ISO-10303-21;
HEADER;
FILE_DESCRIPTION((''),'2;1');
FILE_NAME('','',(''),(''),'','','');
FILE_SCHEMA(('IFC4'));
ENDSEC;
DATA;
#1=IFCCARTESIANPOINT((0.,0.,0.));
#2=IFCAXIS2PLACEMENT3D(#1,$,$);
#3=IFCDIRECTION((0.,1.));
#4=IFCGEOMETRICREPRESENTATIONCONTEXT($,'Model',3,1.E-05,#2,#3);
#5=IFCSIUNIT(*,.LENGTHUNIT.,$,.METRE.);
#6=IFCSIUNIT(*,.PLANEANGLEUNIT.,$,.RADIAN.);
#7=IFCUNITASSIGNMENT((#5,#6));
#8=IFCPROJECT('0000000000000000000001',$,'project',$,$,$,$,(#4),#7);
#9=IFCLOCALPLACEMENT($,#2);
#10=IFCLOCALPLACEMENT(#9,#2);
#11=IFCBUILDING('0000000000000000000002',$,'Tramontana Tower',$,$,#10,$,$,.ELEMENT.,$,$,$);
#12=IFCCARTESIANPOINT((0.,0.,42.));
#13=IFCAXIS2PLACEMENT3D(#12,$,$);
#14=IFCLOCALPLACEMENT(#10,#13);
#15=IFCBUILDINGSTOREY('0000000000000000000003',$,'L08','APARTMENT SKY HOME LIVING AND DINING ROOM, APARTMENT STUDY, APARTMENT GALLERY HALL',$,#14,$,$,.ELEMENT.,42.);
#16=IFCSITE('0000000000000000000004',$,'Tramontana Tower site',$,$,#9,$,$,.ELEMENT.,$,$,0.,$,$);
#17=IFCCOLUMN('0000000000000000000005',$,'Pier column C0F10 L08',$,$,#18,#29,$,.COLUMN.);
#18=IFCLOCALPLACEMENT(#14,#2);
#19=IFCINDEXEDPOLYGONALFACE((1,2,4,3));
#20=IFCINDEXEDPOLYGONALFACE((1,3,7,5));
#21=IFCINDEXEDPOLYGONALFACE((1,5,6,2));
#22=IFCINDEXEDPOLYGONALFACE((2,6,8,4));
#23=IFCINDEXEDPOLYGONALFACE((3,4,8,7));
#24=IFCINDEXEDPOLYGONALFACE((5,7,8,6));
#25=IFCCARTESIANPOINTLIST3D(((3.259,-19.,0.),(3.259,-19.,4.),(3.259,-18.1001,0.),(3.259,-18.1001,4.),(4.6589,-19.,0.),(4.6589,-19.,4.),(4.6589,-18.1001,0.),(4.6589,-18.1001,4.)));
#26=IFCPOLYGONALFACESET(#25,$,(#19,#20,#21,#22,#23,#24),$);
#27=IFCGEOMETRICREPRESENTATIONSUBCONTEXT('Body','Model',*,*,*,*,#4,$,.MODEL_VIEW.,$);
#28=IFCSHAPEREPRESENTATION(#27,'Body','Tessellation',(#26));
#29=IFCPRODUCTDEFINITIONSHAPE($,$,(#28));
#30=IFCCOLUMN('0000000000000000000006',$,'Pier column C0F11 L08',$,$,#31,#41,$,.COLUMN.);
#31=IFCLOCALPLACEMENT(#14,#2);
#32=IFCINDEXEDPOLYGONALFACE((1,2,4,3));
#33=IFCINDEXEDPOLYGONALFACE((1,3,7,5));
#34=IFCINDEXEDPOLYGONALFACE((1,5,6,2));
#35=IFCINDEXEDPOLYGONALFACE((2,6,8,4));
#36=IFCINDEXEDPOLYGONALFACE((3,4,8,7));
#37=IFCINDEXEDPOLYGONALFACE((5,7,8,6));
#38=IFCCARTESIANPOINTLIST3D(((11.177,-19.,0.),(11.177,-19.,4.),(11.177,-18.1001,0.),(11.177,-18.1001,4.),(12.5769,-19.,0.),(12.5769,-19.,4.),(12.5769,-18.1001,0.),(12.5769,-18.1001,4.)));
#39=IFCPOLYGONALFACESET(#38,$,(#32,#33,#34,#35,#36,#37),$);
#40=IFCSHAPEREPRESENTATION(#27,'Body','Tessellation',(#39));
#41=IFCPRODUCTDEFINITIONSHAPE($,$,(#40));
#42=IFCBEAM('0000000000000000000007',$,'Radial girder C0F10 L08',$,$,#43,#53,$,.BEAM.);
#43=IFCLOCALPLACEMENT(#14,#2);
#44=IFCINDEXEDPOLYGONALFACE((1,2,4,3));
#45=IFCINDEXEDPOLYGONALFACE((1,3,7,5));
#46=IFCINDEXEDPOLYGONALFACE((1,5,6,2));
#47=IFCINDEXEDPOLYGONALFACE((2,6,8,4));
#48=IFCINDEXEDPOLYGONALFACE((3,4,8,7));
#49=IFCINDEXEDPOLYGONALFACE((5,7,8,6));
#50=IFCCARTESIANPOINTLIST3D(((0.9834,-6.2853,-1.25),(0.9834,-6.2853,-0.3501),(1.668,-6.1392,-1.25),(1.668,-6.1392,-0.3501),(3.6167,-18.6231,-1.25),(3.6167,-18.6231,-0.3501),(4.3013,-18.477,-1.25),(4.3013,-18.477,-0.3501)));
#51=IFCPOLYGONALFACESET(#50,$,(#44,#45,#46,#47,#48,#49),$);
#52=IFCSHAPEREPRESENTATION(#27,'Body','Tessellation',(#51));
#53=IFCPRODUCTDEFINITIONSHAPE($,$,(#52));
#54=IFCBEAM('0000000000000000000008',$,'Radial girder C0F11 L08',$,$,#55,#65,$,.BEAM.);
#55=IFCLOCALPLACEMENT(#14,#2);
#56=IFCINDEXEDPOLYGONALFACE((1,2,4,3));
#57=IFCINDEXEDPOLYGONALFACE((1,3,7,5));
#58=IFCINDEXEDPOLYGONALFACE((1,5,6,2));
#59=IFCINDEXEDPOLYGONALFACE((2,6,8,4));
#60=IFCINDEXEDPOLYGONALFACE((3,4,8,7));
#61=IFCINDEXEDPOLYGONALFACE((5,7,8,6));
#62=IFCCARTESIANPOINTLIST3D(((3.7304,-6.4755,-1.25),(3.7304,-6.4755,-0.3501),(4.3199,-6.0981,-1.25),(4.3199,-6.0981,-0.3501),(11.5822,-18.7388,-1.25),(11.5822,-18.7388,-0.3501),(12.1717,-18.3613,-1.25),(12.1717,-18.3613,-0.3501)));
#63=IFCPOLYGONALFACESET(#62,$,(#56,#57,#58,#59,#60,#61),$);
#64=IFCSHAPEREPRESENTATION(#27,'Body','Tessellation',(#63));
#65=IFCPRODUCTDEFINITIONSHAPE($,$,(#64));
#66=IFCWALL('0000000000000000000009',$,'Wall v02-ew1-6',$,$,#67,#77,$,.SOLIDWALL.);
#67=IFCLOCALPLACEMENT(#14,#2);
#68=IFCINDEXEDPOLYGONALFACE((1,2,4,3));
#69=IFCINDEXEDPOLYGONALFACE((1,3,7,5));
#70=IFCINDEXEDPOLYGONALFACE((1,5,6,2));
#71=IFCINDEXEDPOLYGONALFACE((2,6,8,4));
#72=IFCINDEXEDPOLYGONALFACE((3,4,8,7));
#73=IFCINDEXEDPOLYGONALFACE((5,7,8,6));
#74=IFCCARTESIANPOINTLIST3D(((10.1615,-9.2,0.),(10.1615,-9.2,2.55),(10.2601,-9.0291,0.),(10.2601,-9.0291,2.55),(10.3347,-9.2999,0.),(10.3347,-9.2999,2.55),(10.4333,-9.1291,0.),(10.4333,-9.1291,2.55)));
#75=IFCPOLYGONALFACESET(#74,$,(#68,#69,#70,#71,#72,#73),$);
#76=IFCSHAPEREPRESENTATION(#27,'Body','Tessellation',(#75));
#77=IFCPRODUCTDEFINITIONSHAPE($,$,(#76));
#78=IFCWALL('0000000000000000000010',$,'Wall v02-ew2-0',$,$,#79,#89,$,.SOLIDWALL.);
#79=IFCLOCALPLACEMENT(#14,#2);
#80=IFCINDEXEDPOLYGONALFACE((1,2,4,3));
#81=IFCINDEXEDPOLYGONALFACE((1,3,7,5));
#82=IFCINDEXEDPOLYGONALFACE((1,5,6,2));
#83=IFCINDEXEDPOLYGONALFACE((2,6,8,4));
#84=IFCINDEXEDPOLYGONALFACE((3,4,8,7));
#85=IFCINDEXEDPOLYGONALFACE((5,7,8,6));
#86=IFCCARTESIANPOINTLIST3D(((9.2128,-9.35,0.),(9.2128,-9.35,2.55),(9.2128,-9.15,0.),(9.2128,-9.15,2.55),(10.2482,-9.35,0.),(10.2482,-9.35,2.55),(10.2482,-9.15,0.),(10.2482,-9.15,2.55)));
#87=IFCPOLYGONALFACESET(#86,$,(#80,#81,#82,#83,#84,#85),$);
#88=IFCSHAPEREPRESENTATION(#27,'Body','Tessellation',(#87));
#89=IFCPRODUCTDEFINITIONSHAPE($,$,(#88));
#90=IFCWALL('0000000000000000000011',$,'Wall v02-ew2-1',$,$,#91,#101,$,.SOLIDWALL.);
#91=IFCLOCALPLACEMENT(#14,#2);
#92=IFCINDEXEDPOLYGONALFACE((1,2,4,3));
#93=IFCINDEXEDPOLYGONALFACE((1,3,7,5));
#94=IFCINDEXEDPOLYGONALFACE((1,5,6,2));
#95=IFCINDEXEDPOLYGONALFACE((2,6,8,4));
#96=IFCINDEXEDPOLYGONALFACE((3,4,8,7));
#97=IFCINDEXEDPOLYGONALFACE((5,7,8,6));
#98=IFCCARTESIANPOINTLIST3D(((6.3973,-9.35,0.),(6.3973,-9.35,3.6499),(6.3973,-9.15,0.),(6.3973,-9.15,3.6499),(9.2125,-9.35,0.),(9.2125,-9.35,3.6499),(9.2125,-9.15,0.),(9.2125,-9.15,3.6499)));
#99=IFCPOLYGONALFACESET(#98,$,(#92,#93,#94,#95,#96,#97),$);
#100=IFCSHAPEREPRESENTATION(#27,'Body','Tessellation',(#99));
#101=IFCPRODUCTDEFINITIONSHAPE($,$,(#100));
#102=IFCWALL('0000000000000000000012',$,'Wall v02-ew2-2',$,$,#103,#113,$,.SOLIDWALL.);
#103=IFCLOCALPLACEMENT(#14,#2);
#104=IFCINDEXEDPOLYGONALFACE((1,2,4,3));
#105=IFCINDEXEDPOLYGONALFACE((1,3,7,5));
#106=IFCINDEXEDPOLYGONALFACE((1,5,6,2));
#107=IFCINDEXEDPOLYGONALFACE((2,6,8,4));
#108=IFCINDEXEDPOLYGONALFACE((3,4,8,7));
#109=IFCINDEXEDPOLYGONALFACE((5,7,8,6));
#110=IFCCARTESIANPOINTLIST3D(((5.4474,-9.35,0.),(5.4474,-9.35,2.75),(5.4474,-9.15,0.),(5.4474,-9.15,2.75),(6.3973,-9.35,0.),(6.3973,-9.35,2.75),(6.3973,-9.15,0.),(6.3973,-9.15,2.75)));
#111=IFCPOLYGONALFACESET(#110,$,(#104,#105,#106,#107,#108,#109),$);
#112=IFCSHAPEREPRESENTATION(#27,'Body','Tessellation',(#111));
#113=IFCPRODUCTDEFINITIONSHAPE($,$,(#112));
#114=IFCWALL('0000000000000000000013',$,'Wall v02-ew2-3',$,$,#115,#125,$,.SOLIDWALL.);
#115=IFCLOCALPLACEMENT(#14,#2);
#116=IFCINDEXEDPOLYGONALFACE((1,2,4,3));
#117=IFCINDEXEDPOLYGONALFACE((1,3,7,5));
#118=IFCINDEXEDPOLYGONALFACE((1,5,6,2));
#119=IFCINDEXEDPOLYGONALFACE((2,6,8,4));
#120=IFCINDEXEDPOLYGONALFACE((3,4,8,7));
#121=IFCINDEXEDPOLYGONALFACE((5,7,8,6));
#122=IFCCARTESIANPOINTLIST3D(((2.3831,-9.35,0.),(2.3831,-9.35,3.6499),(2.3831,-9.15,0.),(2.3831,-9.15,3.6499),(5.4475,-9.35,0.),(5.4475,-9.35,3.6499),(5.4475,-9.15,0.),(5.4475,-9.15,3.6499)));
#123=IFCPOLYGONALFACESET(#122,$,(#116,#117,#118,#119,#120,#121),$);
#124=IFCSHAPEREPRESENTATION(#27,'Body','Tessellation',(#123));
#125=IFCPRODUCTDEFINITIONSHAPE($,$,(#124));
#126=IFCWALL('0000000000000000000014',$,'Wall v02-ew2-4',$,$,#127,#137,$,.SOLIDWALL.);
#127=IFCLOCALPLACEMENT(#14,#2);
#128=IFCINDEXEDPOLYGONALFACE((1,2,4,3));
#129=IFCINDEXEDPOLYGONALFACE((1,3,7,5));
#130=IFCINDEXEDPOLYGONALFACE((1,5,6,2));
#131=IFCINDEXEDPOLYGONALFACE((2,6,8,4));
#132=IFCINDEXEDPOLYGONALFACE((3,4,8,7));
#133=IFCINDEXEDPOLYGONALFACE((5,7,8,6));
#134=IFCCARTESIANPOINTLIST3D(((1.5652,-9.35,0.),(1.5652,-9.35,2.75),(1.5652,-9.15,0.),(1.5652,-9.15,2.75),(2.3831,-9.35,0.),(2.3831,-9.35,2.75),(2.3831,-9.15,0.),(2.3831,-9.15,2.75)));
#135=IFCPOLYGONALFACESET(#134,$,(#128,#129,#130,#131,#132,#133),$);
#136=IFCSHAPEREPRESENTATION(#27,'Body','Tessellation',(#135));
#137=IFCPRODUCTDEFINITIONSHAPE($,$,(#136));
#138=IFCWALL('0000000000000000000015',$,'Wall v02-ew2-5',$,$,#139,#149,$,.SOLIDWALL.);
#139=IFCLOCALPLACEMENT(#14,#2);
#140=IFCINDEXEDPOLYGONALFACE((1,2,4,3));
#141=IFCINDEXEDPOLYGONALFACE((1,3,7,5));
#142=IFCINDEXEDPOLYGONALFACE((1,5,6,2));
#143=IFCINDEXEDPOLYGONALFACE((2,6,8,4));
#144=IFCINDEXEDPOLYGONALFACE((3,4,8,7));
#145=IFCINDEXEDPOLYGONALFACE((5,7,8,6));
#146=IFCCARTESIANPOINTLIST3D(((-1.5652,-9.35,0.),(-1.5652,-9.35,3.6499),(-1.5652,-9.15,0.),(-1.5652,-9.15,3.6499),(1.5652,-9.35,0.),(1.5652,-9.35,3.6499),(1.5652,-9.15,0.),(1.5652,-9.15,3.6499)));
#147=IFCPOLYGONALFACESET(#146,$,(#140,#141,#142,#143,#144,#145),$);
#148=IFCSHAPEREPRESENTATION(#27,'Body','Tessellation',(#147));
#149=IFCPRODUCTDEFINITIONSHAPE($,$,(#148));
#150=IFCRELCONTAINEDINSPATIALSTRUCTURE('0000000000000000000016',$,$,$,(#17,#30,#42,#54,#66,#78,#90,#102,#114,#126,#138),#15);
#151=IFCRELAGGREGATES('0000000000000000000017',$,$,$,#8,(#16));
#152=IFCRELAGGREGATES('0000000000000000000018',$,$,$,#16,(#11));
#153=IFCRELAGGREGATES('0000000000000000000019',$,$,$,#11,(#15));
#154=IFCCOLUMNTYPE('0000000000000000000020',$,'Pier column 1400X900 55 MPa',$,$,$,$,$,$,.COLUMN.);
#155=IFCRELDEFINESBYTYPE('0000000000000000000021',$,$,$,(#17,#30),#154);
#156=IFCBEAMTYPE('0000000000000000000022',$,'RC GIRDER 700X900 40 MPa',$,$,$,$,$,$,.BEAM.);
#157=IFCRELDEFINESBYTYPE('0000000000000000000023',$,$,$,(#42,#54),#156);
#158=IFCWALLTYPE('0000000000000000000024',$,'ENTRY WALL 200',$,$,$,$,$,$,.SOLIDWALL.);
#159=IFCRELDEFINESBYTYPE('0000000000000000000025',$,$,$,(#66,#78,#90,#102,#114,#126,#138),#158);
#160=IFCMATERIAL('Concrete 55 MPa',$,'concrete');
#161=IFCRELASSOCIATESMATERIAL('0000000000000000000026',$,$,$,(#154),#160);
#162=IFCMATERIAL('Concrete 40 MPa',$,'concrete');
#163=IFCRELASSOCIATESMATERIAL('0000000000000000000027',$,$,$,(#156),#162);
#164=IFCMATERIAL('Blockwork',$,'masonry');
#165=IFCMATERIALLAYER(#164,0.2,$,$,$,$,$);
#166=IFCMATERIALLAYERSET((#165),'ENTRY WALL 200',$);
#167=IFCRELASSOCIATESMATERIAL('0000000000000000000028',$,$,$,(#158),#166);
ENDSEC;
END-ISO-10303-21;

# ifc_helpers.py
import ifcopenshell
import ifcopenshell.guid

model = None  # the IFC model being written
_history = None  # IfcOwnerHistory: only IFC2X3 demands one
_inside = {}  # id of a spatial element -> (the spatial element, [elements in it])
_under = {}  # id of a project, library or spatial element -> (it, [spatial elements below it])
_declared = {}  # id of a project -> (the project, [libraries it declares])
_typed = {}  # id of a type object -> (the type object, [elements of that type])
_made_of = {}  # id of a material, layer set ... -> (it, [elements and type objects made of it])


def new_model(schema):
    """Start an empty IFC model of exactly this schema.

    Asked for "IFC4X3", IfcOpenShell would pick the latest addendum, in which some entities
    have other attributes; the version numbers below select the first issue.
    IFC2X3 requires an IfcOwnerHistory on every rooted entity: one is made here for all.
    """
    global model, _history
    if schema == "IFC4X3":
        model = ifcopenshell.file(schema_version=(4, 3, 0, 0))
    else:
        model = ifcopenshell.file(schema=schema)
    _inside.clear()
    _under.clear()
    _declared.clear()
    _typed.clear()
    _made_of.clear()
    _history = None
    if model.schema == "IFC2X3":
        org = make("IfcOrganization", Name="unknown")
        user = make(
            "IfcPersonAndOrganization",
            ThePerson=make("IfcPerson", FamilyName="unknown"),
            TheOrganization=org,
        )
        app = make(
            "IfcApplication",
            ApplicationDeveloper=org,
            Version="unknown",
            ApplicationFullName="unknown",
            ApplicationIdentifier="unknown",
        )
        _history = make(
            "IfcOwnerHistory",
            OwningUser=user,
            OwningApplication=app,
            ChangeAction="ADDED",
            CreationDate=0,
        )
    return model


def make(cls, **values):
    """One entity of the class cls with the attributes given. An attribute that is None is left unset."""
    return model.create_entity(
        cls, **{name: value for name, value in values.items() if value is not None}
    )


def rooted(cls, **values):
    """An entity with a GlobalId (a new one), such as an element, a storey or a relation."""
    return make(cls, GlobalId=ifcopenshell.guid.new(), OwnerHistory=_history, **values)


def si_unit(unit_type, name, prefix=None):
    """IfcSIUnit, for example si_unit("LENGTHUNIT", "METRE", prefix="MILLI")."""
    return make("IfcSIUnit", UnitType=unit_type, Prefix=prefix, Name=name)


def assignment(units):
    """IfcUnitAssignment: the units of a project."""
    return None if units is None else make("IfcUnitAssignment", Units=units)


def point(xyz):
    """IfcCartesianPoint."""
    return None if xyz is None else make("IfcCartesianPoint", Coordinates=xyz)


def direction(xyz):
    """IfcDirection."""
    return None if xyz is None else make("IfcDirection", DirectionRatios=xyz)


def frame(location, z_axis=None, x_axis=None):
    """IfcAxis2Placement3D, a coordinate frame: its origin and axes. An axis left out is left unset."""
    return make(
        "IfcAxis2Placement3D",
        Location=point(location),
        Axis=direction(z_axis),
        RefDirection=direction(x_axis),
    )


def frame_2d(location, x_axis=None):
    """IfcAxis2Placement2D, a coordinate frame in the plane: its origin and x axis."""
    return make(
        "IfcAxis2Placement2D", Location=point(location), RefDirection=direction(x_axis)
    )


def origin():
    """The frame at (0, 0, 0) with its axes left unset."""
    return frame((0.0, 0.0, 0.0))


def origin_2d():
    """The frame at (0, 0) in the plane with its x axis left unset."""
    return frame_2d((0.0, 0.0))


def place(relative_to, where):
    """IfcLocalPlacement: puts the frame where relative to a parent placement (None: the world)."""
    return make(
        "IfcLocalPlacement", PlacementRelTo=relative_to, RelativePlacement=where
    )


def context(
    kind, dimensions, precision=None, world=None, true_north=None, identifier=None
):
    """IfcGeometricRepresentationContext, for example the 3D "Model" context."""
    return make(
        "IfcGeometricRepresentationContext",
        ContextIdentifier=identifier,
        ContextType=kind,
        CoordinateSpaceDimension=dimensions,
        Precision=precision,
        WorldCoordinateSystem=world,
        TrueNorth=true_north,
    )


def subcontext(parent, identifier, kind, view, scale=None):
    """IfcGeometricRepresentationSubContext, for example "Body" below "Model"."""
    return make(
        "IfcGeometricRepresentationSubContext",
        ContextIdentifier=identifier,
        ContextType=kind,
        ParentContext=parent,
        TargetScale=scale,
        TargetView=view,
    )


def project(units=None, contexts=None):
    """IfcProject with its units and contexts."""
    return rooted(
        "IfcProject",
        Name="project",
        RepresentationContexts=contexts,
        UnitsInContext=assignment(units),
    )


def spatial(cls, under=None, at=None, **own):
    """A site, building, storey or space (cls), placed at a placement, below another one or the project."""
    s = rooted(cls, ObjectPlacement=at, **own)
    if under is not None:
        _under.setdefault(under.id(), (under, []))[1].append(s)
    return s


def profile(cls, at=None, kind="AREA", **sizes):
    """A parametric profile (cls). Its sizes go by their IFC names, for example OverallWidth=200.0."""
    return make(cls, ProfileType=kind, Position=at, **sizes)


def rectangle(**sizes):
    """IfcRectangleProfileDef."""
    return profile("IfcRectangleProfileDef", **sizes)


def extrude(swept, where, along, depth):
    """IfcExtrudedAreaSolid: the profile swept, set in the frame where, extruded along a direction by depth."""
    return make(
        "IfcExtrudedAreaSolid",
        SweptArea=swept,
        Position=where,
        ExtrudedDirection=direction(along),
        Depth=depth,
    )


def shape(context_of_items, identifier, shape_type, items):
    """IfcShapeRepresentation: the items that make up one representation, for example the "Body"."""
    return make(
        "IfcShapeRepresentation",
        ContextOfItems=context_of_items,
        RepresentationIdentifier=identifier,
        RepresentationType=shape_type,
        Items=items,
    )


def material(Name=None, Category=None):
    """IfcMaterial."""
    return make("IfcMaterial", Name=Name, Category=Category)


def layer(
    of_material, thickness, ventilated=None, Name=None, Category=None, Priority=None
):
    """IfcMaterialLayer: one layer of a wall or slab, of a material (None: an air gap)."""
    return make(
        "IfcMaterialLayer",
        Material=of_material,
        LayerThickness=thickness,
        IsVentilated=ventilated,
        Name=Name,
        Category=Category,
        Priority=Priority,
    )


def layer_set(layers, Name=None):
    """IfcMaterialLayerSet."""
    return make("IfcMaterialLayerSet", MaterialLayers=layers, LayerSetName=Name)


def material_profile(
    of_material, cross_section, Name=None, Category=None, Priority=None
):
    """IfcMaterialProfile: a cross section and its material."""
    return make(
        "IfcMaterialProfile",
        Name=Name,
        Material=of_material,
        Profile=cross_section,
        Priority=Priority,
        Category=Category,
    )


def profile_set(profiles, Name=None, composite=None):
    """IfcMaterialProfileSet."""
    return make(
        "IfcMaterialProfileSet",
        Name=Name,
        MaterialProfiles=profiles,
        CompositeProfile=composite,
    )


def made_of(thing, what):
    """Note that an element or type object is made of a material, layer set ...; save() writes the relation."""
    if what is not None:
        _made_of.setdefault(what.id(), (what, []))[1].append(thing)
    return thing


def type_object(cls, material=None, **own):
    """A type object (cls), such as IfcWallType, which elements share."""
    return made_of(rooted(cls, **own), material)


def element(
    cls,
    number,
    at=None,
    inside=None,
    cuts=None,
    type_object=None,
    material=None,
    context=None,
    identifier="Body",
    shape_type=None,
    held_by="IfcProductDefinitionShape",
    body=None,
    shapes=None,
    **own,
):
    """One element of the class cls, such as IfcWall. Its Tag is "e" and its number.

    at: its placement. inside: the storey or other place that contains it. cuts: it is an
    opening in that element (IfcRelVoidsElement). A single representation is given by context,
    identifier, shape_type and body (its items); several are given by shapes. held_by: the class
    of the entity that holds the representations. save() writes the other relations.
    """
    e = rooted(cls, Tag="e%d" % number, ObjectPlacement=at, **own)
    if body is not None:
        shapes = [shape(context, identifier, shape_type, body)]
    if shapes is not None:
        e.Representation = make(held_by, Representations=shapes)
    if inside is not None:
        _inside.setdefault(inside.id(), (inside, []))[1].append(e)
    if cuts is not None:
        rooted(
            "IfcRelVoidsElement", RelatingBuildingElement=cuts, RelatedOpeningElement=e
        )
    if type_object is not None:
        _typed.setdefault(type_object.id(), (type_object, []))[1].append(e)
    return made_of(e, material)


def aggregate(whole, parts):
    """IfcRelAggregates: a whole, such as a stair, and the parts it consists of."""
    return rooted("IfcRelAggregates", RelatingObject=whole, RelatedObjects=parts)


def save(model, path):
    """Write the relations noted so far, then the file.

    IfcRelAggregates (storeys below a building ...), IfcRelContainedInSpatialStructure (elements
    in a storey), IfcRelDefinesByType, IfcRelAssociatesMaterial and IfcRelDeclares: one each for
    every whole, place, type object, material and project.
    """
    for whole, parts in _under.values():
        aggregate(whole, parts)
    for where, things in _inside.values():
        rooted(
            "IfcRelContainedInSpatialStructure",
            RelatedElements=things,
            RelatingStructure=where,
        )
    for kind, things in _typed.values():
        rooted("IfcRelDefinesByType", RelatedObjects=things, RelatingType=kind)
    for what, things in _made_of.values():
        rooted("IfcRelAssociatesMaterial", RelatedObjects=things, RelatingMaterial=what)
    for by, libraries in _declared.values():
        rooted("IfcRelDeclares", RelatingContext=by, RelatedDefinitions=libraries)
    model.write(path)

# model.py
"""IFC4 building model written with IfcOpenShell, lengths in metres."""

from ifc_helpers import new_model, si_unit, direction, frame, frame_2d, origin, origin_2d, place, context, subcontext, project, spatial, rectangle, extrude, material, layer, layer_set, material_profile, profile_set, type_object, element, save


model = new_model("IFC4")

# Units and contexts
model_context = context("Model", 3, precision=1e-05, world=origin(), true_north=direction((0.0, 1.0)))
body_context = subcontext(model_context, "Body", "Model", "MODEL_VIEW")
ifc_project = project(units=[si_unit("LENGTHUNIT", "METRE"), si_unit("PLANEANGLEUNIT", "RADIAN")], contexts=[model_context])

# Site, building, storey
site_placement = place(None, origin())
site = spatial("IfcSite", under=ifc_project, at=site_placement, Name="Tramontana Tower site", CompositionType="ELEMENT", RefElevation=0.0)
building_placement = place(site_placement, origin())
building = spatial("IfcBuilding", under=site, at=building_placement, Name="Tramontana Tower", CompositionType="ELEMENT")
storey_placement = place(building_placement, frame((0.0, 0.0, 42.0)))
storey = spatial("IfcBuildingStorey", under=building, at=storey_placement, Name="L08", Description="APARTMENT SKY HOME LIVING AND DINING ROOM, APARTMENT STUDY, APARTMENT GALLERY HALL", CompositionType="ELEMENT", Elevation=42.0)

# Columns
ifc_material_1 = material(Name="Concrete 55 MPa", Category="concrete")
ifc_material_profile_1 = material_profile(ifc_material_1, rectangle(XDim=1.3999, YDim=0.8999, at=origin_2d()), Name="Pier column 1400X900 55 MPa")
ifc_profile_set_1 = profile_set([ifc_material_profile_1], Name="Concrete 55 MPa")
column_type = type_object("IfcColumnType", Name="Pier column 1400X900 55 MPa", PredefinedType="COLUMN", material=ifc_profile_set_1)
for number, where, z_axis, x_axis, name in (
    (1, (3.959, -18.55, 0.0), (0.0, 0.0, 1.0), (1.0, 0.0, 0.0), "Pier column C0F10 L08"),
    (2, (11.877, -18.55, 0.0), (0.0, 0.0, 1.0), (1.0, 0.0, 0.0), "Pier column C0F11 L08"),
):
    element("IfcColumn", number, at=place(storey_placement, frame(where, z_axis=z_axis, x_axis=x_axis)), inside=storey, type_object=column_type, Name=name, PredefinedType="COLUMN", context=body_context, shape_type="SweptSolid", body=[
        extrude(rectangle(XDim=1.3999, YDim=0.8999, at=origin_2d()), origin(), (0.0, 0.0, 1.0), 4.0),
    ])

# Beams
ifc_material_2 = material(Name="Concrete 40 MPa", Category="concrete")
ifc_material_profile_2 = material_profile(ifc_material_2, rectangle(XDim=0.7, YDim=0.8999, at=origin_2d()), Name="RC GIRDER 700X900 40 MPa")
ifc_profile_set_2 = profile_set([ifc_material_profile_2], Name="Concrete 40 MPa")
beam_type = type_object("IfcBeamType", Name="RC GIRDER 700X900 40 MPa", PredefinedType="BEAM", material=ifc_profile_set_2)
beam_1_placement = place(storey_placement, frame((3.959, -18.55, -0.8), z_axis=(-0.208731, 0.977973, 0.0), x_axis=(-0.977973, -0.208731, 0.0)))
element("IfcBeam", 3, at=beam_1_placement, inside=storey, type_object=beam_type, Name="Radial girder C0F10 L08", PredefinedType="BEAM", context=body_context, shape_type="SweptSolid", body=[
    extrude(rectangle(XDim=0.7, YDim=0.8999, at=origin_2d()), origin(), (0.0, 0.0, 1.0), 12.6157),
])
beam_2_placement = place(storey_placement, frame((11.877, -18.55, -0.8), z_axis=(-0.539218, 0.842166, 0.0), x_axis=(-0.842166, -0.539218, 0.0)))
element("IfcBeam", 4, at=beam_2_placement, inside=storey, type_object=beam_type, Name="Radial girder C0F11 L08", PredefinedType="BEAM", context=body_context, shape_type="SweptSolid", body=[
    extrude(rectangle(XDim=0.7, YDim=0.8999, at=origin_2d()), origin(), (0.0, 0.0, 1.0), 14.5615),
])

# Walls
ifc_material_3 = material(Name="Blockwork", Category="masonry")
ifc_layer_1 = layer(ifc_material_3, 0.2)
ifc_layer_set_1 = layer_set([ifc_layer_1], Name="ENTRY WALL 200")
wall_type_1 = type_object("IfcWallType", Name="ENTRY WALL 200", PredefinedType="SOLIDWALL", material=ifc_layer_set_1)
wall_1_placement = place(storey_placement, frame((10.3467, -9.0791, 0.0), z_axis=(0.0, 0.0, 1.0), x_axis=(-0.499865, -0.866103, 0.0)))
element("IfcWall", 5, at=wall_1_placement, inside=storey, type_object=wall_type_1, Name="Wall v02-ew1-6", PredefinedType="SOLIDWALL", context=body_context, shape_type="SweptSolid", body=[
    extrude(rectangle(XDim=0.1973, YDim=0.2, at=frame_2d((0.0986, 0.0))), origin(), (0.0, 0.0, 1.0), 2.55),
])
wall_2_placement = place(storey_placement, frame((10.248, -9.25, 0.0), z_axis=(0.0, 0.0, 1.0), x_axis=(-1.0, 0.0, 0.0)))
element("IfcWall", 6, at=wall_2_placement, inside=storey, type_object=wall_type_1, Name="Wall v02-ew2-0", PredefinedType="SOLIDWALL", context=body_context, shape_type="SweptSolid", body=[
    extrude(rectangle(XDim=1.0354, YDim=0.2, at=frame_2d((0.5176, 0.0))), origin(), (0.0, 0.0, 1.0), 2.55),
])
wall_3_placement = place(storey_placement, frame((9.2126, -9.25, 0.0), z_axis=(0.0, 0.0, 1.0), x_axis=(-1.0, 0.0, 0.0)))
element("IfcWall", 7, at=wall_3_placement, inside=storey, type_object=wall_type_1, Name="Wall v02-ew2-1", PredefinedType="SOLIDWALL", context=body_context, shape_type="SweptSolid", body=[
    extrude(rectangle(XDim=2.8152, YDim=0.2, at=frame_2d((1.4077, 0.0))), origin(), (0.0, 0.0, 1.0), 3.6499),
])
wall_4_placement = place(storey_placement, frame((6.3975, -9.25, 0.0), z_axis=(0.0, 0.0, 1.0), x_axis=(-1.0, 0.0, 0.0)))
element("IfcWall", 8, at=wall_4_placement, inside=storey, type_object=wall_type_1, Name="Wall v02-ew2-2", PredefinedType="SOLIDWALL", context=body_context, shape_type="SweptSolid", body=[
    extrude(rectangle(XDim=0.95, YDim=0.2, at=frame_2d((0.4751, 0.0))), origin(), (0.0, 0.0, 1.0), 2.75),
])
wall_5_placement = place(storey_placement, frame((5.4475, -9.25, 0.0), z_axis=(0.0, 0.0, 1.0), x_axis=(-1.0, 0.0, 0.0)))
element("IfcWall", 9, at=wall_5_placement, inside=storey, type_object=wall_type_1, Name="Wall v02-ew2-3", PredefinedType="SOLIDWALL", context=body_context, shape_type="SweptSolid", body=[
    extrude(rectangle(XDim=3.0645, YDim=0.2, at=frame_2d((1.5322, 0.0))), origin(), (0.0, 0.0, 1.0), 3.6499),
])
wall_6_placement = place(storey_placement, frame((2.3831, -9.25, 0.0), z_axis=(0.0, 0.0, 1.0), x_axis=(-1.0, 0.0, 0.0)))
element("IfcWall", 10, at=wall_6_placement, inside=storey, type_object=wall_type_1, Name="Wall v02-ew2-4", PredefinedType="SOLIDWALL", context=body_context, shape_type="SweptSolid", body=[
    extrude(rectangle(XDim=0.8179, YDim=0.2, at=frame_2d((0.4089, 0.0))), origin(), (0.0, 0.0, 1.0), 2.75),
])
wall_7_placement = place(storey_placement, frame((1.5652, -9.25, 0.0), z_axis=(0.0, 0.0, 1.0), x_axis=(-1.0, 0.0, 0.0)))
element("IfcWall", 11, at=wall_7_placement, inside=storey, type_object=wall_type_1, Name="Wall v02-ew2-5", PredefinedType="SOLIDWALL", context=body_context, shape_type="SweptSolid", body=[
    extrude(rectangle(XDim=3.1304, YDim=0.2, at=frame_2d((1.5652, 0.0))), origin(), (0.0, 0.0, 1.0), 3.6499),
])

save(model, "model.ifc")
